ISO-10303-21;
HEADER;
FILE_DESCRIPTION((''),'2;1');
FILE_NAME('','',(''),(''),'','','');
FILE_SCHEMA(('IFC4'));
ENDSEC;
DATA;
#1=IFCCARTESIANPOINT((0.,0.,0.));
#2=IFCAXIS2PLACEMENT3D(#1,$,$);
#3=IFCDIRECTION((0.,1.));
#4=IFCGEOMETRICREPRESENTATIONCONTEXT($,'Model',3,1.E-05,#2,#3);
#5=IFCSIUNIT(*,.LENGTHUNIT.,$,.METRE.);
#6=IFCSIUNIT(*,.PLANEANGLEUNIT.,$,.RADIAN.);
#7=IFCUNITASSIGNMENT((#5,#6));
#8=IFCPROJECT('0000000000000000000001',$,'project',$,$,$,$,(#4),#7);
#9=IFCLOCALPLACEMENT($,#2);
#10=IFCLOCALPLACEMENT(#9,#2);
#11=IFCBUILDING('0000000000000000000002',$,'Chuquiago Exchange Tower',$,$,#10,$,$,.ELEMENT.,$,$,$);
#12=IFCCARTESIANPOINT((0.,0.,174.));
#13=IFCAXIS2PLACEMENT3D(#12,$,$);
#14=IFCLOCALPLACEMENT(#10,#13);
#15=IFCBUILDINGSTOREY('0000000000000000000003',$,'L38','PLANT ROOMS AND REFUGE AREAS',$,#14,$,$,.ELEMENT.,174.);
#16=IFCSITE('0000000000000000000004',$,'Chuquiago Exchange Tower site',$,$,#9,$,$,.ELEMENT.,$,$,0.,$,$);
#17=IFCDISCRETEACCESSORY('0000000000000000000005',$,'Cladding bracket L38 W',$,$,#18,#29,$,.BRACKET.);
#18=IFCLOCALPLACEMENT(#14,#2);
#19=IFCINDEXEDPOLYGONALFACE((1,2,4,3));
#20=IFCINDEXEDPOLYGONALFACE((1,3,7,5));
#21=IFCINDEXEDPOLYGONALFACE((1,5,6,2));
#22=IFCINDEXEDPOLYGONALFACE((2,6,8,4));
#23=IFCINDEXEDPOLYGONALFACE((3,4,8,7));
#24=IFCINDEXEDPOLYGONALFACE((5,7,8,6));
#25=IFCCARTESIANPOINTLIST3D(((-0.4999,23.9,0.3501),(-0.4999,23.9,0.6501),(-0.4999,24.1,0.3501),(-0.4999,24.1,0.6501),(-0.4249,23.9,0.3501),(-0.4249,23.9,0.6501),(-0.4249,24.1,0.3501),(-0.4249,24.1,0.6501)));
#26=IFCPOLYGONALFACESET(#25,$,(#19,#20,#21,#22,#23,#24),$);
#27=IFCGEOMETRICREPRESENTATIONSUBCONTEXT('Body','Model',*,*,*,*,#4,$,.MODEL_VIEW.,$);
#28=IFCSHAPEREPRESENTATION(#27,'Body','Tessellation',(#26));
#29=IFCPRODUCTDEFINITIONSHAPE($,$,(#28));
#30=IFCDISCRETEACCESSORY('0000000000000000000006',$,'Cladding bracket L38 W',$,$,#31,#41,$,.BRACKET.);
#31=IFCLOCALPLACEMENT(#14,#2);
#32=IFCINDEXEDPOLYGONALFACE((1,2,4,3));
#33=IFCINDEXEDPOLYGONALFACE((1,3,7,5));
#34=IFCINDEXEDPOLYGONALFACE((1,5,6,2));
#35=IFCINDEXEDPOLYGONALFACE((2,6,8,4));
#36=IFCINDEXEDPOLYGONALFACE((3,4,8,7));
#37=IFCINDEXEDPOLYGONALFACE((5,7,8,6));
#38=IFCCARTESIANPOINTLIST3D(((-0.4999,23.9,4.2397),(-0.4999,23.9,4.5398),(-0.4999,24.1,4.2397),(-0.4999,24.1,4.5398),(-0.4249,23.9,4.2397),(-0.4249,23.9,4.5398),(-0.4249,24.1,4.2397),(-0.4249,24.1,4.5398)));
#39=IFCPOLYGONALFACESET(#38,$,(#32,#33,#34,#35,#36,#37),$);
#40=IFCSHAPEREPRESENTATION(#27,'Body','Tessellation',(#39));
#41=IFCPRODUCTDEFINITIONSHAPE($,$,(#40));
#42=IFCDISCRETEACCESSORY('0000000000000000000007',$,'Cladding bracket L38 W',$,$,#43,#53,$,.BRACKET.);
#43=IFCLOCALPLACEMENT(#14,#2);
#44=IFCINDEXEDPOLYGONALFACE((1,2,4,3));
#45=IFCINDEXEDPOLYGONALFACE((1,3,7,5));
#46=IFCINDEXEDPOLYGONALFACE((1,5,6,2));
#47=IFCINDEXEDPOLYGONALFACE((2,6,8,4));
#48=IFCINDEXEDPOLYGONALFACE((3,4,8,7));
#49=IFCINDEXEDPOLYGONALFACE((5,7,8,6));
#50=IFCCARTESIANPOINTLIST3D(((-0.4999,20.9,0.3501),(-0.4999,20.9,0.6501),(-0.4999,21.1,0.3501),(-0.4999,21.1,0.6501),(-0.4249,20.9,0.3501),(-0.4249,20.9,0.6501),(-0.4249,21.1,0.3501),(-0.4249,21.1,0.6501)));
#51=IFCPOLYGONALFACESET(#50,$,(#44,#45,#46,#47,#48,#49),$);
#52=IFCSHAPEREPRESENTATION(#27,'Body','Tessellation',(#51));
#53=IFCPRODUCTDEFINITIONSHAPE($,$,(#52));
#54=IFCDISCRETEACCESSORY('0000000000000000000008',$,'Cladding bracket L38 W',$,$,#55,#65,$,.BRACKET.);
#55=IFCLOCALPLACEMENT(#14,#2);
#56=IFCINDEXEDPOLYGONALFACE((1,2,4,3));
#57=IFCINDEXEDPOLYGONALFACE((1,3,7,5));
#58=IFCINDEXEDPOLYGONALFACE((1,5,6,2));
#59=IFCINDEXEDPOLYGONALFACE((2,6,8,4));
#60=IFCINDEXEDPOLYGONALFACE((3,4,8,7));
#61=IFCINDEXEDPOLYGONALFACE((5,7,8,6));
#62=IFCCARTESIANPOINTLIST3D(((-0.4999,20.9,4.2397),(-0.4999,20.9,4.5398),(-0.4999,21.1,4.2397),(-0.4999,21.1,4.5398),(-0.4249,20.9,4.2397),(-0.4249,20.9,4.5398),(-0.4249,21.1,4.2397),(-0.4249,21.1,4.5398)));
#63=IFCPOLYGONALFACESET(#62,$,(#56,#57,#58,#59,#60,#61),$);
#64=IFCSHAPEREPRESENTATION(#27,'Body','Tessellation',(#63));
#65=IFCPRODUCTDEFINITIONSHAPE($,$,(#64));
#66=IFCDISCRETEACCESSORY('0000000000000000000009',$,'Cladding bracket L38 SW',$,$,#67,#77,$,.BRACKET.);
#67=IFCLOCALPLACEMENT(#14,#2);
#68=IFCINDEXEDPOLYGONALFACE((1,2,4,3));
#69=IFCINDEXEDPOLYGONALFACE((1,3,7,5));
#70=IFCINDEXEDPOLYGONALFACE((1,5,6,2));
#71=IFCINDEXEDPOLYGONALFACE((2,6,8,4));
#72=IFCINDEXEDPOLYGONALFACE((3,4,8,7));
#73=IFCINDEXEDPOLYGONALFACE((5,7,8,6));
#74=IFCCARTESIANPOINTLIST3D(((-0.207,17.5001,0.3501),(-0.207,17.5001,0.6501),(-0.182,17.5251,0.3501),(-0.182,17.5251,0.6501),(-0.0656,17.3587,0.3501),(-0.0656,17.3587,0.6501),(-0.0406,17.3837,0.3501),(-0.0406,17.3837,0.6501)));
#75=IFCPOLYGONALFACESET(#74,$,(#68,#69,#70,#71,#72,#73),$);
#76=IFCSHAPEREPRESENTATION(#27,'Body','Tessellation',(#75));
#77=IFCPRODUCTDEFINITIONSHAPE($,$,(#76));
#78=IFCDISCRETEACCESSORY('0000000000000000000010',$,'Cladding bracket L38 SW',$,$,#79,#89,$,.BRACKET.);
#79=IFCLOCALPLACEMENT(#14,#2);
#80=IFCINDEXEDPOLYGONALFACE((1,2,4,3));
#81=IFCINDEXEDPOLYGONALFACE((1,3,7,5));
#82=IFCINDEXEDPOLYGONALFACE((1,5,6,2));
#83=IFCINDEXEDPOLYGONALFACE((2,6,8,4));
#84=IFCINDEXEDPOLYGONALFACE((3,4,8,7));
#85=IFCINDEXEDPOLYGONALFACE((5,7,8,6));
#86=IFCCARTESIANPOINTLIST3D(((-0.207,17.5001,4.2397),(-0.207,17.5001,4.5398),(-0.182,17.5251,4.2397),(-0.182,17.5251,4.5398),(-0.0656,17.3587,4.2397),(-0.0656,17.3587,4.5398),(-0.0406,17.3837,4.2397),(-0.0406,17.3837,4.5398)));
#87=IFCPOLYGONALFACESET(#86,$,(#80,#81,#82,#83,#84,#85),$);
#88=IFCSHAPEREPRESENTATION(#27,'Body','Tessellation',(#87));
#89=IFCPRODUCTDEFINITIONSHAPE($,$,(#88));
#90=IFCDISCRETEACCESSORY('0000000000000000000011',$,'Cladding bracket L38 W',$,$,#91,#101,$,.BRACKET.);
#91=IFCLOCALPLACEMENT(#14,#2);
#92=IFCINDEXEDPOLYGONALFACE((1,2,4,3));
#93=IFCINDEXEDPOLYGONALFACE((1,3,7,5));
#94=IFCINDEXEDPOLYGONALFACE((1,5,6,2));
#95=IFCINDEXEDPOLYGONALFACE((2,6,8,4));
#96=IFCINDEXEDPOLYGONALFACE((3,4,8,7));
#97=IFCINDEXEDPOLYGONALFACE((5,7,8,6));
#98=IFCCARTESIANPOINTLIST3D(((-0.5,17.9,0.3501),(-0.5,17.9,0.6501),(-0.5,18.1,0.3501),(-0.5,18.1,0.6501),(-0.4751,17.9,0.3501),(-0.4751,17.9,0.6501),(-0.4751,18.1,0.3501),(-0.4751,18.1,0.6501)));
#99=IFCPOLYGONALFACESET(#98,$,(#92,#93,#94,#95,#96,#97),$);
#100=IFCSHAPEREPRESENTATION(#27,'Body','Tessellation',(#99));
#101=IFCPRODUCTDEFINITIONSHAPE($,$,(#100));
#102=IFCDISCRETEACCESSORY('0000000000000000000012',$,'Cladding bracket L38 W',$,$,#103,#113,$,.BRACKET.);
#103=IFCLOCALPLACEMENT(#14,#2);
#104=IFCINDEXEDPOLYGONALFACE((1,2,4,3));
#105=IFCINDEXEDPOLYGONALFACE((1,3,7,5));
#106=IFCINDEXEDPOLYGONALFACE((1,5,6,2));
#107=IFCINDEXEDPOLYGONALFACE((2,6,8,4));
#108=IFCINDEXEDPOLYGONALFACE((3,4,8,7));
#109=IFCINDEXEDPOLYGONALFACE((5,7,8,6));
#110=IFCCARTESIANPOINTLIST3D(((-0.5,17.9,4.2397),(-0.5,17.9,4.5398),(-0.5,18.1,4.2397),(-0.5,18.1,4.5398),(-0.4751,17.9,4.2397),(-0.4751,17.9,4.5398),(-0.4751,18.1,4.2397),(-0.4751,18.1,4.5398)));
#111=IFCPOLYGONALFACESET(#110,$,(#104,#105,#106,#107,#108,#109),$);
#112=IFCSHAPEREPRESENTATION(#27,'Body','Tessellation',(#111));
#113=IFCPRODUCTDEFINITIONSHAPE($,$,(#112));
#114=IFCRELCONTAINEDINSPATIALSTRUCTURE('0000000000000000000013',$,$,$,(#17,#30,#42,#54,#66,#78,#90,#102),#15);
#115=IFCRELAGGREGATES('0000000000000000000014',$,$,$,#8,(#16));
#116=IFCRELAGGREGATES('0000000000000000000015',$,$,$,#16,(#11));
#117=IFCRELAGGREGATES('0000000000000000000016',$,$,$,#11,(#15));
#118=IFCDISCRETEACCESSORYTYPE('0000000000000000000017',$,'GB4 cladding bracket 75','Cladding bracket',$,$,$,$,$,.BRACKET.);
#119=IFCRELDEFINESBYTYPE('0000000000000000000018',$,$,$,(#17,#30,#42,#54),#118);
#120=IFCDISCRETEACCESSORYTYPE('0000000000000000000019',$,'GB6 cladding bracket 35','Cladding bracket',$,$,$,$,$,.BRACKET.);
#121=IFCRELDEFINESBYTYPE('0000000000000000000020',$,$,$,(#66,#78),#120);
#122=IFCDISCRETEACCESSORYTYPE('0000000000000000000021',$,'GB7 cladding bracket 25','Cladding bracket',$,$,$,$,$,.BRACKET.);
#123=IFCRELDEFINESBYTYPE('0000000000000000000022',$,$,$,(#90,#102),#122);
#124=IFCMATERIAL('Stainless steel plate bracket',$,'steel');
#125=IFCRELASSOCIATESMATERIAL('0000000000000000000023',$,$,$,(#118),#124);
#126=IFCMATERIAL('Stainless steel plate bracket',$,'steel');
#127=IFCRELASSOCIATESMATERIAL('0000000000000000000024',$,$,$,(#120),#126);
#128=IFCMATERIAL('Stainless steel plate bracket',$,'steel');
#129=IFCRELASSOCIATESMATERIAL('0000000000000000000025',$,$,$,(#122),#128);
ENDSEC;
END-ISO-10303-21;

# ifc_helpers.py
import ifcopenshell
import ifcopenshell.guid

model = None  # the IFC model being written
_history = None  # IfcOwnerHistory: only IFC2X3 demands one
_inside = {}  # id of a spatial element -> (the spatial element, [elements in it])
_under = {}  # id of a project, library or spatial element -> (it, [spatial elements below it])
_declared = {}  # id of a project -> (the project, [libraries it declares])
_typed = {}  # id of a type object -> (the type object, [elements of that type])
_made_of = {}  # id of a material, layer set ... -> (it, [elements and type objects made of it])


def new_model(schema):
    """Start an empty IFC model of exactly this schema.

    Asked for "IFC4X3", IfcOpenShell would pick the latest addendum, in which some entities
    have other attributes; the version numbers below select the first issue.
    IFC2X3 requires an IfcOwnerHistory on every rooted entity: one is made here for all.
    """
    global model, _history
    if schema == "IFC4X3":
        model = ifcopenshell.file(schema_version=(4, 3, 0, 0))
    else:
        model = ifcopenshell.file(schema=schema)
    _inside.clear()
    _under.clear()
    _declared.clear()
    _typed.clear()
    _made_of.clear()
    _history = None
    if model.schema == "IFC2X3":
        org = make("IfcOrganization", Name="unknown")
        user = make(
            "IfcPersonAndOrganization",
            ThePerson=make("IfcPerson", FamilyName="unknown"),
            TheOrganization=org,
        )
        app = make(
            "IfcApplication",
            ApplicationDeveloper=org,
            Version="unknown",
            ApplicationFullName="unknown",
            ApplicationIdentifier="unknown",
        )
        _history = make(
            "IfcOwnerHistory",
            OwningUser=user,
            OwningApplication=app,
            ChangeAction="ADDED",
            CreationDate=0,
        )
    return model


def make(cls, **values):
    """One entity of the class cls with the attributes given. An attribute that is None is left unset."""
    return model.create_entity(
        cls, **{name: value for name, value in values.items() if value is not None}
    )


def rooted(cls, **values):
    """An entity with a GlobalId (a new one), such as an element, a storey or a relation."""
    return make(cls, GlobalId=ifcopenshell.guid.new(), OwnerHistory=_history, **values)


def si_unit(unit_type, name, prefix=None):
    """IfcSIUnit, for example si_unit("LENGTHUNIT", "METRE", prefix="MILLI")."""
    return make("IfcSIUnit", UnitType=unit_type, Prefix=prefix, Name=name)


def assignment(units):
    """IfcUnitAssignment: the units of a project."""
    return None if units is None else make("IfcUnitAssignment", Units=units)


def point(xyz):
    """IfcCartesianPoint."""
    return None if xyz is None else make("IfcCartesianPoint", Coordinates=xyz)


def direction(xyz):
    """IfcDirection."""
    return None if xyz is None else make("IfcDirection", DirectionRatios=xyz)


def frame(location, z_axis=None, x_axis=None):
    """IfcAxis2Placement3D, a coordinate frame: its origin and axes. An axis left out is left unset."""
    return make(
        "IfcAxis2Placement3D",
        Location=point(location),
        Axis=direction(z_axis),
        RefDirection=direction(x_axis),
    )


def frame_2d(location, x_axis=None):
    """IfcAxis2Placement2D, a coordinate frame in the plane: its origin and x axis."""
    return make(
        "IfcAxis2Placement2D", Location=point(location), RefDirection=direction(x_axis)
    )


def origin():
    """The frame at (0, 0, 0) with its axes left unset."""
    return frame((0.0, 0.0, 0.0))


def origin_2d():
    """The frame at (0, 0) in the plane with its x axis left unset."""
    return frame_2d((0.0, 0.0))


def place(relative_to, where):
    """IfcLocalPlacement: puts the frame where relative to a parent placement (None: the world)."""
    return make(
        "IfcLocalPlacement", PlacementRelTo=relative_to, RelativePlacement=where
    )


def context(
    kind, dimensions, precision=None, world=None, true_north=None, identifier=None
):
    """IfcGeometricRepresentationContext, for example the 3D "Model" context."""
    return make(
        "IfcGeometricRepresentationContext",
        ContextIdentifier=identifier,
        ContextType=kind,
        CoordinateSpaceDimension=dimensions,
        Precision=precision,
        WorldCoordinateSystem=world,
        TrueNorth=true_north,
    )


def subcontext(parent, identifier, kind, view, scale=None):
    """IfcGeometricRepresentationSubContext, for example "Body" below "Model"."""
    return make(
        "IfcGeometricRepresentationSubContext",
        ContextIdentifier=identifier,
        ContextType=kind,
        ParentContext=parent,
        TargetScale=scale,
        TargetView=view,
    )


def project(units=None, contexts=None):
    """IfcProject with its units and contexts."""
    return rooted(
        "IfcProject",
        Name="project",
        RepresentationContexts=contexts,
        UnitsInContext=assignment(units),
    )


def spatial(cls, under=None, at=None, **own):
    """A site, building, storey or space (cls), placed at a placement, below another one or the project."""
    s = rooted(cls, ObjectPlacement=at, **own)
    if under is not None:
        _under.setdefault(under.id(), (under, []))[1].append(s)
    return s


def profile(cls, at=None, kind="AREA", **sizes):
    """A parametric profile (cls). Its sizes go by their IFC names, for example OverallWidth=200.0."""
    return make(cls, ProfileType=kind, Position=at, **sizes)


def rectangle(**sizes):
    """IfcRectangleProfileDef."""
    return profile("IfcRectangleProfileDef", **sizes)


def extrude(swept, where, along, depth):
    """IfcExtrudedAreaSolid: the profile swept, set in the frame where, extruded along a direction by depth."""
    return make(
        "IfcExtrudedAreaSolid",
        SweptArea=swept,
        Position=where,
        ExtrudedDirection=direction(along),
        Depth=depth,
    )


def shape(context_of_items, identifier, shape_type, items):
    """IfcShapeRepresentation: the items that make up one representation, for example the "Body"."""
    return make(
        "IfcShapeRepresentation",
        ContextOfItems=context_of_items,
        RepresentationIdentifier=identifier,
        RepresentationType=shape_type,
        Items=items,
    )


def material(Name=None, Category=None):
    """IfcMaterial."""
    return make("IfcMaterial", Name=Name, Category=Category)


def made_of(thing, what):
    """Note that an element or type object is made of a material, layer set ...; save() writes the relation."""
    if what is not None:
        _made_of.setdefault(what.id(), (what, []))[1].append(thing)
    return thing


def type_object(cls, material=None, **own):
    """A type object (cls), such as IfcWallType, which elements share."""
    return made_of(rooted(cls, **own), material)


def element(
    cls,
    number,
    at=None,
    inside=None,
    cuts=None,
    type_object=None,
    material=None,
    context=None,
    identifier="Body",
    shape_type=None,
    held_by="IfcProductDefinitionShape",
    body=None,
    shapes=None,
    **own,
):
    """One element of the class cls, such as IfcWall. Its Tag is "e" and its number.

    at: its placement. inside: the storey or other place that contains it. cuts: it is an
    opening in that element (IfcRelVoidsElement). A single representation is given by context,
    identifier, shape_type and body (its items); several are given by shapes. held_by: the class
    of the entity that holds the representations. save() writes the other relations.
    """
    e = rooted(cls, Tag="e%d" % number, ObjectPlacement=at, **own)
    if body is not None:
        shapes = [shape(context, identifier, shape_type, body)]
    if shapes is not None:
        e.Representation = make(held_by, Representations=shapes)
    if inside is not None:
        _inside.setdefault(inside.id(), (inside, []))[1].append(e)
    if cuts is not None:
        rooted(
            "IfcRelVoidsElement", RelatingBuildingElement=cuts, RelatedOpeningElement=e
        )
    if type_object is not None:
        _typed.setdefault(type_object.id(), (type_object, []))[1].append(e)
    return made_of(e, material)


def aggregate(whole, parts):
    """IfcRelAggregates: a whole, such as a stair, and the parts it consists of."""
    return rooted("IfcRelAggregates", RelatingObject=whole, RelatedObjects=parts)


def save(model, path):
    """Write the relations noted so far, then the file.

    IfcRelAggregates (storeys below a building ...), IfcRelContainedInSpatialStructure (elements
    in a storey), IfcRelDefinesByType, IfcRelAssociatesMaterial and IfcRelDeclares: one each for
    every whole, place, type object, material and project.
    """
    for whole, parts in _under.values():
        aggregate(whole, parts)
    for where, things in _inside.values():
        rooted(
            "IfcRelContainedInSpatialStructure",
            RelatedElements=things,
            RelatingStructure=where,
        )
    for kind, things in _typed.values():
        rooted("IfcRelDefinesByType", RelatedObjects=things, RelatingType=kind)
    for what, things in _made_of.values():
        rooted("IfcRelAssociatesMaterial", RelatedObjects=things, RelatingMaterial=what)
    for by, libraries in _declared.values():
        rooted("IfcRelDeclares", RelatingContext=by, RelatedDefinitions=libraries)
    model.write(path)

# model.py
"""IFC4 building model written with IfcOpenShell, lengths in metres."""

from ifc_helpers import new_model, si_unit, direction, frame, origin, origin_2d, place, context, subcontext, project, spatial, rectangle, extrude, material, type_object, element, save


model = new_model("IFC4")

# Units and contexts
model_context = context("Model", 3, precision=1e-05, world=origin(), true_north=direction((0.0, 1.0)))
body_context = subcontext(model_context, "Body", "Model", "MODEL_VIEW")
ifc_project = project(units=[si_unit("LENGTHUNIT", "METRE"), si_unit("PLANEANGLEUNIT", "RADIAN")], contexts=[model_context])

# Site, building, storey
site_placement = place(None, origin())
site = spatial("IfcSite", under=ifc_project, at=site_placement, Name="Chuquiago Exchange Tower site", CompositionType="ELEMENT", RefElevation=0.0)
building_placement = place(site_placement, origin())
building = spatial("IfcBuilding", under=site, at=building_placement, Name="Chuquiago Exchange Tower", CompositionType="ELEMENT")
storey_placement = place(building_placement, frame((0.0, 0.0, 174.0)))
storey = spatial("IfcBuildingStorey", under=building, at=storey_placement, Name="L38", Description="PLANT ROOMS AND REFUGE AREAS", CompositionType="ELEMENT", Elevation=174.0)

# Discrete accessories
ifc_material_1 = material(Name="Stainless steel plate bracket", Category="steel")
discrete_accessory_type_1 = type_object("IfcDiscreteAccessoryType", Name="GB4 cladding bracket 75", Description="Cladding bracket", PredefinedType="BRACKET", material=ifc_material_1)
for number, where, z_axis, x_axis, name in (
    (1, (-0.4624, 24.0, 0.3501), (0.0, 0.0, 1.0), (0.0, -1.0, 0.0), "Cladding bracket L38 W"),
    (2, (-0.4624, 24.0, 4.2397), (0.0, 0.0, 1.0), (0.0, -1.0, 0.0), "Cladding bracket L38 W"),
    (3, (-0.4624, 21.0, 0.3501), (0.0, 0.0, 1.0), (0.0, -1.0, 0.0), "Cladding bracket L38 W"),
    (4, (-0.4624, 21.0, 4.2397), (0.0, 0.0, 1.0), (0.0, -1.0, 0.0), "Cladding bracket L38 W"),
):
    element("IfcDiscreteAccessory", number, at=place(storey_placement, frame(where, z_axis=z_axis, x_axis=x_axis)), inside=storey, type_object=discrete_accessory_type_1, Name=name, PredefinedType="BRACKET", context=body_context, shape_type="SweptSolid", body=[
        extrude(rectangle(XDim=0.2, YDim=0.075, at=origin_2d()), origin(), (0.0, 0.0, 1.0), 0.3),
    ])
ifc_material_2 = material(Name="Stainless steel plate bracket", Category="steel")
discrete_accessory_type_2 = type_object("IfcDiscreteAccessoryType", Name="GB6 cladding bracket 35", Description="Cladding bracket", PredefinedType="BRACKET", material=ifc_material_2)
for number, where, z_axis, x_axis, name in (
    (5, (-0.1238, 17.4419, 0.3501), (0.0, 0.0, 1.0), (0.707107, -0.707107, 0.0), "Cladding bracket L38 SW"),
    (6, (-0.1238, 17.4419, 4.2397), (0.0, 0.0, 1.0), (0.707107, -0.707107, 0.0), "Cladding bracket L38 SW"),
):
    element("IfcDiscreteAccessory", number, at=place(storey_placement, frame(where, z_axis=z_axis, x_axis=x_axis)), inside=storey, type_object=discrete_accessory_type_2, Name=name, PredefinedType="BRACKET", context=body_context, shape_type="SweptSolid", body=[
        extrude(rectangle(XDim=0.2, YDim=0.0354, at=origin_2d()), origin(), (0.0, 0.0, 1.0), 0.3),
    ])
ifc_material_3 = material(Name="Stainless steel plate bracket", Category="steel")
discrete_accessory_type_3 = type_object("IfcDiscreteAccessoryType", Name="GB7 cladding bracket 25", Description="Cladding bracket", PredefinedType="BRACKET", material=ifc_material_3)
for number, where, z_axis, x_axis, name in (
    (7, (-0.4875, 18.0, 0.3501), (0.0, 0.0, 1.0), (0.0, -1.0, 0.0), "Cladding bracket L38 W"),
    (8, (-0.4875, 18.0, 4.2397), (0.0, 0.0, 1.0), (0.0, -1.0, 0.0), "Cladding bracket L38 W"),
):
    element("IfcDiscreteAccessory", number, at=place(storey_placement, frame(where, z_axis=z_axis, x_axis=x_axis)), inside=storey, type_object=discrete_accessory_type_3, Name=name, PredefinedType="BRACKET", context=body_context, shape_type="SweptSolid", body=[
        extrude(rectangle(XDim=0.2, YDim=0.0249, at=origin_2d()), origin(), (0.0, 0.0, 1.0), 0.3),
    ])

save(model, "model.ifc")
